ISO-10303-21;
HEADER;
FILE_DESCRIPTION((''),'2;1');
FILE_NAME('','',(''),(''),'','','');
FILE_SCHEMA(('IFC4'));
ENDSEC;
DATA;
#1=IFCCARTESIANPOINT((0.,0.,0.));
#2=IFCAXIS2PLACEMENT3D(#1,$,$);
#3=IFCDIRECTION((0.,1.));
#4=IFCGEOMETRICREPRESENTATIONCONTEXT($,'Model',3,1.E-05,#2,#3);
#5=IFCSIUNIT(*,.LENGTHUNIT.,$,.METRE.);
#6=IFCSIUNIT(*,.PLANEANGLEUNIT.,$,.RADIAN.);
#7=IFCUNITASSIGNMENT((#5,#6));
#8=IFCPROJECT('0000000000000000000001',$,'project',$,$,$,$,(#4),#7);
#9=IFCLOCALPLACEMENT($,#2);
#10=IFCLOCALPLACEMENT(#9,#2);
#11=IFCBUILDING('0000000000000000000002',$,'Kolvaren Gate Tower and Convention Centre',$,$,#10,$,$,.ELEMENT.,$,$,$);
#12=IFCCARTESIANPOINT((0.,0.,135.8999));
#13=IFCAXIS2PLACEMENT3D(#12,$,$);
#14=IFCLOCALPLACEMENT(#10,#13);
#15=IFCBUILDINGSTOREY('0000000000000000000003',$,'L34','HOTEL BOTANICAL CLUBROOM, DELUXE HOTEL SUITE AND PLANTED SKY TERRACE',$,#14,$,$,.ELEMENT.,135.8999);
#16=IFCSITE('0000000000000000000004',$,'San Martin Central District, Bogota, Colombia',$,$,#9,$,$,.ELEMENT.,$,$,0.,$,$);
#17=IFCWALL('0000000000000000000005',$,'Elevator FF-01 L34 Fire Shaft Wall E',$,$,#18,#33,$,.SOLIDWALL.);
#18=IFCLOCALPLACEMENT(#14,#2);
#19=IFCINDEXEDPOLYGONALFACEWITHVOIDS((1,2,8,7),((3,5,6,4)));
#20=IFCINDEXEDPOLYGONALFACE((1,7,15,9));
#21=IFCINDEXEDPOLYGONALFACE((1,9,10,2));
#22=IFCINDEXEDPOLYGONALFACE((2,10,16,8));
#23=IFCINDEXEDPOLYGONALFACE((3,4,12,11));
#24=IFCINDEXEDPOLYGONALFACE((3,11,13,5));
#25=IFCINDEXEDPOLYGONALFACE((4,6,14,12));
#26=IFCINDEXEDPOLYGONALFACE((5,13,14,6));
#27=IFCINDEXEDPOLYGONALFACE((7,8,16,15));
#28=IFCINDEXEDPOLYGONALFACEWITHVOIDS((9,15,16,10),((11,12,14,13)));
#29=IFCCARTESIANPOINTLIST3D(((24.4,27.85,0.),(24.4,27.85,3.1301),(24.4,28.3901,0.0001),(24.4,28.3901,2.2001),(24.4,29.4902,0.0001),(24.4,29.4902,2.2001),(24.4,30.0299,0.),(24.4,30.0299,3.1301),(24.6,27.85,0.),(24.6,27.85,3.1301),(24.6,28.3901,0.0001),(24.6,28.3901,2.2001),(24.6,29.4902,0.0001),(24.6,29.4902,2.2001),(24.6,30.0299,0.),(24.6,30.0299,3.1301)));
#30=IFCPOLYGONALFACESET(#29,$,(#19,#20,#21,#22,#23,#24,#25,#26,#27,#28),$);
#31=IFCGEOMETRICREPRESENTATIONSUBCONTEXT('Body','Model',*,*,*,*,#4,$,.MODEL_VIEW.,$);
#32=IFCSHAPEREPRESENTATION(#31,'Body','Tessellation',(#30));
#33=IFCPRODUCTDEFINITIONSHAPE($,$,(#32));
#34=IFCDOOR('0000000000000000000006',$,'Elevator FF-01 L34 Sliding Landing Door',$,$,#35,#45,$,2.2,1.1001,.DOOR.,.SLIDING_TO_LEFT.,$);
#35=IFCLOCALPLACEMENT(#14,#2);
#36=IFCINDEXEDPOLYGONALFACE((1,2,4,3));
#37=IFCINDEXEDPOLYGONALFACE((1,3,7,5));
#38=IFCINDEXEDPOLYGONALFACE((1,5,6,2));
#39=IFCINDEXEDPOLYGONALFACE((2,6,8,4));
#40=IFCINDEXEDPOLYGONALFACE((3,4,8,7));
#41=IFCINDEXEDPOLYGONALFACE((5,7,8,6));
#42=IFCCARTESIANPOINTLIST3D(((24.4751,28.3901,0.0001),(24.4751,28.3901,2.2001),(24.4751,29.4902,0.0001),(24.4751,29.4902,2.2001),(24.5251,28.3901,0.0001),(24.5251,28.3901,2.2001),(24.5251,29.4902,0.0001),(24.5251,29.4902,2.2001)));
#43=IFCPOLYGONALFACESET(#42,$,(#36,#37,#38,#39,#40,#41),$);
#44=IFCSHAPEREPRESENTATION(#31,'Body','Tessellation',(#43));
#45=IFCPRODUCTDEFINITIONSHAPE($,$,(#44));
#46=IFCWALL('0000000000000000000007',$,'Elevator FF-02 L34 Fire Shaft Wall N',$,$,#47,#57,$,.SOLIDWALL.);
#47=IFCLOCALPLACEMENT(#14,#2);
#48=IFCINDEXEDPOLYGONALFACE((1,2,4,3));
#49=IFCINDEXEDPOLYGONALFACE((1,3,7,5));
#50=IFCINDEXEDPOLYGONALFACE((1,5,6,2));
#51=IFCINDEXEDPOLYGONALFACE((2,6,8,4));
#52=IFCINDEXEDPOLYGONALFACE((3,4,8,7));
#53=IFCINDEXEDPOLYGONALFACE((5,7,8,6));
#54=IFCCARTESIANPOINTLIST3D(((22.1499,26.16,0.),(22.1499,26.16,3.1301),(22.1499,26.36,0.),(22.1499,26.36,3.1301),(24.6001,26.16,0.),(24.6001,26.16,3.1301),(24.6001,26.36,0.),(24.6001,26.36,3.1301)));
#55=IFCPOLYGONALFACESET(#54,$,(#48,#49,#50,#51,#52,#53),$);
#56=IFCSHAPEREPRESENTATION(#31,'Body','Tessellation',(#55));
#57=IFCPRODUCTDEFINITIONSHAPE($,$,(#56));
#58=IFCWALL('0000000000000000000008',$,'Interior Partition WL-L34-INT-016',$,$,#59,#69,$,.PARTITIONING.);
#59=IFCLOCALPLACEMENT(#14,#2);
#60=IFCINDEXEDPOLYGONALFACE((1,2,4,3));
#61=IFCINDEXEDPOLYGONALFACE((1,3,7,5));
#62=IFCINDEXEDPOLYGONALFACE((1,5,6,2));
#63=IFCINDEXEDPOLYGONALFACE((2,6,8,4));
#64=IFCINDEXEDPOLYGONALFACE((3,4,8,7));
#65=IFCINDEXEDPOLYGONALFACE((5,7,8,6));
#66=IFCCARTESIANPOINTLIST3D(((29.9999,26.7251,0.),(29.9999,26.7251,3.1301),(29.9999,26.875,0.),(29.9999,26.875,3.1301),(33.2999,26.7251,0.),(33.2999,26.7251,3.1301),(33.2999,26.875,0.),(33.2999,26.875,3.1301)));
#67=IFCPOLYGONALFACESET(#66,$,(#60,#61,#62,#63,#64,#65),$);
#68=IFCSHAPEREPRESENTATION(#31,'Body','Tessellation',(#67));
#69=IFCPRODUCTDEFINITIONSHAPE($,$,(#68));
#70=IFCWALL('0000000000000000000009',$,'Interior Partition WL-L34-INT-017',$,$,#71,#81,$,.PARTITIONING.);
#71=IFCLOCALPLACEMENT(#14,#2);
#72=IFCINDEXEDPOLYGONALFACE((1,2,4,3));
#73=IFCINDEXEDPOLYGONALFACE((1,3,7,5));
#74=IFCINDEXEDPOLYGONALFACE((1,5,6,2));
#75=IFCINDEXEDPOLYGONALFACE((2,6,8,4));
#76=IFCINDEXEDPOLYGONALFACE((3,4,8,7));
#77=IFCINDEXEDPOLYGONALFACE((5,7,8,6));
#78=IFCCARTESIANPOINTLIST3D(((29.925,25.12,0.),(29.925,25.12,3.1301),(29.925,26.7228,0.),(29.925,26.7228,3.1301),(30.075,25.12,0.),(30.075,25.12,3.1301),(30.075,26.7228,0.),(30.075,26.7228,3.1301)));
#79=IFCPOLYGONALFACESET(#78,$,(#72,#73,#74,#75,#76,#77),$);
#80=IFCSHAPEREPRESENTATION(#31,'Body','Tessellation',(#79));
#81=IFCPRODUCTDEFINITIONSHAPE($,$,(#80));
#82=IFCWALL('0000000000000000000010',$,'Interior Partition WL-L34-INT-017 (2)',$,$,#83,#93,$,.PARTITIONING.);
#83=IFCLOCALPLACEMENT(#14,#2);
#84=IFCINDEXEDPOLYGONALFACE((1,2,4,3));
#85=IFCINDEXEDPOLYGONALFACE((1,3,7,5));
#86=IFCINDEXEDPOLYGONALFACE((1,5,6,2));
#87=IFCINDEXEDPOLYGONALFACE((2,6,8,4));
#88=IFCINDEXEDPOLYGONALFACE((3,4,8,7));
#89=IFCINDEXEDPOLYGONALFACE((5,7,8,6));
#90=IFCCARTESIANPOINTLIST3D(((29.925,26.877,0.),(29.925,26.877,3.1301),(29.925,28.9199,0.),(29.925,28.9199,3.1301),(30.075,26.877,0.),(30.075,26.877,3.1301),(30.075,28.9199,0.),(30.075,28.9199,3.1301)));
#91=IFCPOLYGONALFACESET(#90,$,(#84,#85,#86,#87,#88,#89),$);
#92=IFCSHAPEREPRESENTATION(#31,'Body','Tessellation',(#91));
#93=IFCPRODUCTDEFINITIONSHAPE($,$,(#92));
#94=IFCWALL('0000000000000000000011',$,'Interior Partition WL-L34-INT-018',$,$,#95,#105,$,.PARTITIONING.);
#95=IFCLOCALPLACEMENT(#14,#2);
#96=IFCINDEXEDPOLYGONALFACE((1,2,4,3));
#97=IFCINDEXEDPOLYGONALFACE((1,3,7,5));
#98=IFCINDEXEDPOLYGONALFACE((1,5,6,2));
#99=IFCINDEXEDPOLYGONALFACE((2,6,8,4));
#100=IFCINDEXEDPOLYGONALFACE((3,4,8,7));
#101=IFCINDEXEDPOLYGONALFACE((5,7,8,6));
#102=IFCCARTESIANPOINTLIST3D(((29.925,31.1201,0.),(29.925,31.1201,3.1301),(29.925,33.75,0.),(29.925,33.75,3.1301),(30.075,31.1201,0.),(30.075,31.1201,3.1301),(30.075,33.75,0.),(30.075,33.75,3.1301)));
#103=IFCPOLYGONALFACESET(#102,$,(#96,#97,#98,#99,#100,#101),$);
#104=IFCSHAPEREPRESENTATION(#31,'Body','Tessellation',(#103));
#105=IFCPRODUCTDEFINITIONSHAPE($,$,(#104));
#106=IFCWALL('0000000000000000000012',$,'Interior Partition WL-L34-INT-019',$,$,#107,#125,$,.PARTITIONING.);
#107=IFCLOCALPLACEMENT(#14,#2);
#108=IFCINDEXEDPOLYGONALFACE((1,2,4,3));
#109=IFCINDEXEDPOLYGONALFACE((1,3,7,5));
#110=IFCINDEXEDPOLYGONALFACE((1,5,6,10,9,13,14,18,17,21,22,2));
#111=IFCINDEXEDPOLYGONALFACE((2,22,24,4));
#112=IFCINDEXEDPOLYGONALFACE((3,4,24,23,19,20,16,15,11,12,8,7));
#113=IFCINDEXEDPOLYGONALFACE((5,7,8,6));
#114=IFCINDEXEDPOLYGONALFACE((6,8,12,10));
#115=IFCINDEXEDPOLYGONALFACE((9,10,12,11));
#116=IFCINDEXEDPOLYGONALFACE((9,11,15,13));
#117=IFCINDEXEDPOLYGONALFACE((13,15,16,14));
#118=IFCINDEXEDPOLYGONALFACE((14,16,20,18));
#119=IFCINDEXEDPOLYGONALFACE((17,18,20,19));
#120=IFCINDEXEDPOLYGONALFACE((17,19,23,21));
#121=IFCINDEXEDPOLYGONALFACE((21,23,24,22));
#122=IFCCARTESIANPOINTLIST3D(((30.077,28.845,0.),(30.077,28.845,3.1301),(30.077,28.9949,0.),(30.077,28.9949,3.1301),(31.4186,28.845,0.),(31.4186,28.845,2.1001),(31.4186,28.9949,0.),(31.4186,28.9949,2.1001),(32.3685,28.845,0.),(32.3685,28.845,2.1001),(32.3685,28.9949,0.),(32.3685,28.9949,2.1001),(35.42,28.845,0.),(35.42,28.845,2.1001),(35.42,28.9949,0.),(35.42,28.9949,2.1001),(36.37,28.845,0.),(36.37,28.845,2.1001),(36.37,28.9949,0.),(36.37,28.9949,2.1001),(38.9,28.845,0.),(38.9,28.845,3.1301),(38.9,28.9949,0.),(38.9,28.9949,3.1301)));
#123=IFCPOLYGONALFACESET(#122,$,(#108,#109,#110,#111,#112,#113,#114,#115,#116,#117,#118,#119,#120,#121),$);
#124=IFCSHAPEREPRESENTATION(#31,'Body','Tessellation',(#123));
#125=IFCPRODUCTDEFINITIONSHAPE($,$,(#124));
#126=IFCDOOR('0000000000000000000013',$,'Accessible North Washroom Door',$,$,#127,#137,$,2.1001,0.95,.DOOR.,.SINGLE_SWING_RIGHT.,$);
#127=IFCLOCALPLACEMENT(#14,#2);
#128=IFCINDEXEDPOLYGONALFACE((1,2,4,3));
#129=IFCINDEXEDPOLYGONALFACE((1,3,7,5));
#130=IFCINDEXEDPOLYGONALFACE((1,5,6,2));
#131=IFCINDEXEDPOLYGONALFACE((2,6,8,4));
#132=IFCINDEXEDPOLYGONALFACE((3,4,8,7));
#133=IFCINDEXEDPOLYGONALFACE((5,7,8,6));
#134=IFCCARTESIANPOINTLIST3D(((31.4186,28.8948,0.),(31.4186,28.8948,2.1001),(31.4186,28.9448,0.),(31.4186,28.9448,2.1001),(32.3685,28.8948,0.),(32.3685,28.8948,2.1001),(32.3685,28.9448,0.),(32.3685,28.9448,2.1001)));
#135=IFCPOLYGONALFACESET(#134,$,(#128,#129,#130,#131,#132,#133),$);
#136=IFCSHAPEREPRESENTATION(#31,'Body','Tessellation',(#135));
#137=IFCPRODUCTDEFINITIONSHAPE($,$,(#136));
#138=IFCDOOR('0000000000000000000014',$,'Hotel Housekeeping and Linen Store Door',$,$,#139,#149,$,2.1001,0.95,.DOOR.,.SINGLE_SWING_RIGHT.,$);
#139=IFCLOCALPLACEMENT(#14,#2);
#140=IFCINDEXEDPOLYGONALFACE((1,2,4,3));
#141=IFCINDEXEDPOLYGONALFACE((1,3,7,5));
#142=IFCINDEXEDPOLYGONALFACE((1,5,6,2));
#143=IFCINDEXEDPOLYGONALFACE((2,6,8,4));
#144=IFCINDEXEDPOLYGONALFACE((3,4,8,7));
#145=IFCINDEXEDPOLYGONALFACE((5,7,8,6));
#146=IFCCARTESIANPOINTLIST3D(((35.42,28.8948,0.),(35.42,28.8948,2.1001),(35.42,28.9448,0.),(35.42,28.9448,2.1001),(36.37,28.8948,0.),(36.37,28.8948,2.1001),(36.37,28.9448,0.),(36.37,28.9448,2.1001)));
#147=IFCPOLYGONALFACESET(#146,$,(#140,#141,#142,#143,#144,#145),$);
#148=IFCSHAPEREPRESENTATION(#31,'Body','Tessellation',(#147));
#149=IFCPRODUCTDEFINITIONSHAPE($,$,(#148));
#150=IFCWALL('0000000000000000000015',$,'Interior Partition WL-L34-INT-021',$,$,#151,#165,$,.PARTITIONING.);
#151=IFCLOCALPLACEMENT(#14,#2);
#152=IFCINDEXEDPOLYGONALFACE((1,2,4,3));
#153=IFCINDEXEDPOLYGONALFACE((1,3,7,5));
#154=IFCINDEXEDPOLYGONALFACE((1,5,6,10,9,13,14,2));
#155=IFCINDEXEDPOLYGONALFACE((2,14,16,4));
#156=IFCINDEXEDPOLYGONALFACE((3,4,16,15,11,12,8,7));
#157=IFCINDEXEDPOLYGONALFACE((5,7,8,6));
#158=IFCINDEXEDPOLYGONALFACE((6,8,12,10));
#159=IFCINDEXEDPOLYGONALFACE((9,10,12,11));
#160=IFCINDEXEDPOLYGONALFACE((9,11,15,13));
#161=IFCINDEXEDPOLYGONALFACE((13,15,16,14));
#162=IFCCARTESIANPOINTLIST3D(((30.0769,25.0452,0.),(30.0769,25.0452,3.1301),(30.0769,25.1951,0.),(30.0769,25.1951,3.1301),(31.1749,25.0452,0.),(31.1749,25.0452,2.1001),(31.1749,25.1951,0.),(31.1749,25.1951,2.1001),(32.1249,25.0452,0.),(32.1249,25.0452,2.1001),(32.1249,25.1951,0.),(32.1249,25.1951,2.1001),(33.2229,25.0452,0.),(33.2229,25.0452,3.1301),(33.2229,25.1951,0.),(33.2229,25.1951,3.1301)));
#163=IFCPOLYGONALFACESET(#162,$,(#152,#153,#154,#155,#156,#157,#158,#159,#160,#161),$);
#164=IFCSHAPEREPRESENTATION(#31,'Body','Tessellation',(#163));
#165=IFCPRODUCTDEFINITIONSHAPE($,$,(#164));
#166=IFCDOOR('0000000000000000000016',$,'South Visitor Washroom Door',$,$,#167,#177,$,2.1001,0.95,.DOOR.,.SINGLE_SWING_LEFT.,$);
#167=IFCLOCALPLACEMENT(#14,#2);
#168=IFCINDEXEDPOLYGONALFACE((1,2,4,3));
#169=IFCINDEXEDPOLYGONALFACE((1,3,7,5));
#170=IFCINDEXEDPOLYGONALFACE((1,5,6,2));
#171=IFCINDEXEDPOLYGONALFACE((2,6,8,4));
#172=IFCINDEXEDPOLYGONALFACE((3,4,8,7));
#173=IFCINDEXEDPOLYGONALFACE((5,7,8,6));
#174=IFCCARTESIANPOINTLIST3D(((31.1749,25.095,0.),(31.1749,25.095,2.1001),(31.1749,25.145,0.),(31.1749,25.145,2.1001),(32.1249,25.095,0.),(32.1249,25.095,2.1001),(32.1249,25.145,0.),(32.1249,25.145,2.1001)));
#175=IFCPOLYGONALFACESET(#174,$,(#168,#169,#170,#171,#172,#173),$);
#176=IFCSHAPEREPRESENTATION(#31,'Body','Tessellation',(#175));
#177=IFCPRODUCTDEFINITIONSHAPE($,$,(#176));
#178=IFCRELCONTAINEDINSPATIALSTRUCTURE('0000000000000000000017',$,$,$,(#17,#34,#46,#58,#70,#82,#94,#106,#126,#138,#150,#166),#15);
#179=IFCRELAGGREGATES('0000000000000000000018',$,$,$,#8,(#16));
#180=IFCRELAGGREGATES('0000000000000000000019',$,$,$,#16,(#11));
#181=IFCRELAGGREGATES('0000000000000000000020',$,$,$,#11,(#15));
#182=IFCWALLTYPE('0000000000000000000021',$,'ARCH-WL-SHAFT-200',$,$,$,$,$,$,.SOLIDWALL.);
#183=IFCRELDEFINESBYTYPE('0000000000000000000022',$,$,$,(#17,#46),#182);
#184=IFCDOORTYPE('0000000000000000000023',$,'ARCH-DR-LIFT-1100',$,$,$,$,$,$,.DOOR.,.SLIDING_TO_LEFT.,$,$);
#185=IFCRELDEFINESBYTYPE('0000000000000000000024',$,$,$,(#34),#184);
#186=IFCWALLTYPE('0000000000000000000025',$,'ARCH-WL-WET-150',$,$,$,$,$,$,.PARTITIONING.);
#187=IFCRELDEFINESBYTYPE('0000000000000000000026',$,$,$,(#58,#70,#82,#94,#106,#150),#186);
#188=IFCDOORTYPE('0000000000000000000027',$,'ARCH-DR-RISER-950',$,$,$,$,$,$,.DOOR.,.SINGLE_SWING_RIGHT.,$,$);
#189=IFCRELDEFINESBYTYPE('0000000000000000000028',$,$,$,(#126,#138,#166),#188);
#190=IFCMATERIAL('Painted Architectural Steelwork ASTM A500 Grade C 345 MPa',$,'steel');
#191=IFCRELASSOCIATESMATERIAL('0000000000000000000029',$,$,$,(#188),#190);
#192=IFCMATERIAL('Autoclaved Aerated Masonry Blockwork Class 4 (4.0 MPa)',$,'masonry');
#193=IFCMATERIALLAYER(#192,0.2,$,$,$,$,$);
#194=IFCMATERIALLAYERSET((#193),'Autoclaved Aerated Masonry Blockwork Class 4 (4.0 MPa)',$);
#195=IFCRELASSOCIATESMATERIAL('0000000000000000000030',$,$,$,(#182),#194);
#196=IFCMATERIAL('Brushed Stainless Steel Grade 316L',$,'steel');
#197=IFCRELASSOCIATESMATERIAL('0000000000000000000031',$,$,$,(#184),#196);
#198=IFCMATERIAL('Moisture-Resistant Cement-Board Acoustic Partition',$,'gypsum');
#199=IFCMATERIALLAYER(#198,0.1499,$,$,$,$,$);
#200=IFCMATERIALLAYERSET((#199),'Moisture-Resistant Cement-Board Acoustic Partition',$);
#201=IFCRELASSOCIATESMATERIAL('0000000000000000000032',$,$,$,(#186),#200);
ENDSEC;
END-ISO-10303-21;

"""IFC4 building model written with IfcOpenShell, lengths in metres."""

from ifc_helpers import new_model, si_unit, direction, frame, frame_2d, origin, place, context, subcontext, project, spatial, rectangle, extrude, material, layer, layer_set, type_object, element, fill, save


model = new_model("IFC4")

# Units and contexts
model_context = context("Model", 3, precision=1e-05, world=origin(), true_north=direction((0.0, 1.0)))
body_context = subcontext(model_context, "Body", "Model", "MODEL_VIEW")
ifc_project = project(units=[si_unit("LENGTHUNIT", "METRE"), si_unit("PLANEANGLEUNIT", "RADIAN")], contexts=[model_context])

# Site, building, storey
site_placement = place(None, origin())
site = spatial("IfcSite", under=ifc_project, at=site_placement, Name="San Martin Central District, Bogota, Colombia", CompositionType="ELEMENT", RefElevation=0.0)
building_placement = place(site_placement, origin())
building = spatial("IfcBuilding", under=site, at=building_placement, Name="Kolvaren Gate Tower and Convention Centre", CompositionType="ELEMENT")
storey_placement = place(building_placement, frame((0.0, 0.0, 135.8999)))
storey = spatial("IfcBuildingStorey", under=building, at=storey_placement, Name="L34", Description="HOTEL BOTANICAL CLUBROOM, DELUXE HOTEL SUITE AND PLANTED SKY TERRACE", CompositionType="ELEMENT", Elevation=135.8999)

# Shared definitions
ifc_material_1 = material(Name="Autoclaved Aerated Masonry Blockwork Class 4 (4.0 MPa)", Category="masonry")

# Shared definitions
ifc_material_2 = material(Name="Painted Architectural Steelwork ASTM A500 Grade C 345 MPa", Category="steel")
door_type_1 = type_object("IfcDoorType", Name="ARCH-DR-RISER-950", OperationType="SINGLE_SWING_RIGHT", PredefinedType="DOOR", material=ifc_material_2)

# Shared definitions
ifc_layer_1 = layer(ifc_material_1, 0.2)
ifc_layer_set_1 = layer_set([ifc_layer_1], Name="Autoclaved Aerated Masonry Blockwork Class 4 (4.0 MPa)")
wall_type_1 = type_object("IfcWallType", Name="ARCH-WL-SHAFT-200", PredefinedType="SOLIDWALL", material=ifc_layer_set_1)

# Wall, opening, door
wall_1_placement = place(storey_placement, frame((24.5, 27.8501, 0.0), z_axis=(0.0, 0.0, 1.0), x_axis=(0.0, 1.0, 0.0)))
wall_1 = element("IfcWall", 1, at=wall_1_placement, inside=storey, type_object=wall_type_1, Name="Elevator FF-01 L34 Fire Shaft Wall E", PredefinedType="SOLIDWALL", context=body_context, shape_type="SweptSolid", body=[
    extrude(rectangle(XDim=2.1799, YDim=0.2, at=frame_2d((1.0898, 0.0))), origin(), (0.0, 0.0, 1.0), 3.1301),
])
opening_1_placement = place(wall_1_placement, frame((0.54, 0.0, 0.0)))
opening_1 = element("IfcOpeningElement", 2, at=opening_1_placement, cuts=wall_1, PredefinedType="OPENING", context=body_context, shape_type="SweptSolid", body=[
    extrude(rectangle(XDim=1.1001, YDim=2.2, at=frame_2d((0.55, 1.1001))), frame((0.0, 0.1099, 0.0), z_axis=(0.0, -1.0, 0.0), x_axis=(1.0, 0.0, 0.0)), (0.0, 0.0, 1.0), 0.22),
])
ifc_material_3 = material(Name="Brushed Stainless Steel Grade 316L", Category="steel")
door_type_2 = type_object("IfcDoorType", Name="ARCH-DR-LIFT-1100", OperationType="SLIDING_TO_LEFT", PredefinedType="DOOR", material=ifc_material_3)
door_1_placement = place(opening_1_placement, origin())
door_1 = element("IfcDoor", 3, at=door_1_placement, inside=storey, type_object=door_type_2, Name="Elevator FF-01 L34 Sliding Landing Door", OperationType="SLIDING_TO_LEFT", OverallHeight=2.2, OverallWidth=1.1001, PredefinedType="DOOR", context=body_context, shape_type="SweptSolid", body=[
    extrude(rectangle(XDim=1.1001, YDim=2.2, at=frame_2d((0.55, 1.1001))), frame((0.0, 0.0249, 0.0), z_axis=(0.0, -1.0, 0.0), x_axis=(1.0, 0.0, 0.0)), (0.0, 0.0, 1.0), 0.05),
])
fill(opening_1, door_1)

# Walls
wall_2_placement = place(storey_placement, frame((22.1499, 26.26, 0.0), z_axis=(0.0, 0.0, 1.0), x_axis=(1.0, 0.0, 0.0)))
element("IfcWall", 4, at=wall_2_placement, inside=storey, type_object=wall_type_1, Name="Elevator FF-02 L34 Fire Shaft Wall N", PredefinedType="SOLIDWALL", context=body_context, shape_type="SweptSolid", body=[
    extrude(rectangle(XDim=2.4502, YDim=0.2, at=frame_2d((1.2251, 0.0))), origin(), (0.0, 0.0, 1.0), 3.1301),
])
ifc_material_4 = material(Name="Moisture-Resistant Cement-Board Acoustic Partition", Category="gypsum")
ifc_layer_2 = layer(ifc_material_4, 0.1499)
ifc_layer_set_2 = layer_set([ifc_layer_2], Name="Moisture-Resistant Cement-Board Acoustic Partition")
wall_type_2 = type_object("IfcWallType", Name="ARCH-WL-WET-150", PredefinedType="PARTITIONING", material=ifc_layer_set_2)
wall_3_placement = place(storey_placement, frame((30.0, 26.8, 0.0), z_axis=(0.0, 0.0, 1.0), x_axis=(1.0, 0.0, 0.0)))
element("IfcWall", 5, at=wall_3_placement, inside=storey, type_object=wall_type_2, Name="Interior Partition WL-L34-INT-016", PredefinedType="PARTITIONING", context=body_context, shape_type="SweptSolid", body=[
    extrude(rectangle(XDim=3.3, YDim=0.1499, at=frame_2d((1.6499, 0.0))), origin(), (0.0, 0.0, 1.0), 3.1301),
])
wall_4_placement = place(storey_placement, frame((30.0, 25.1201, 0.0), z_axis=(0.0, 0.0, 1.0), x_axis=(0.0, 1.0, 0.0)))
element("IfcWall", 6, at=wall_4_placement, inside=storey, type_object=wall_type_2, Name="Interior Partition WL-L34-INT-017", PredefinedType="PARTITIONING", context=body_context, shape_type="SweptSolid", body=[
    extrude(rectangle(XDim=1.6028, YDim=0.1499, at=frame_2d((0.8013, 0.0))), origin(), (0.0, 0.0, 1.0), 3.1301),
])
wall_5_placement = place(storey_placement, frame((30.0, 26.877, 0.0), z_axis=(0.0, 0.0, 1.0), x_axis=(0.0, 1.0, 0.0)))
element("IfcWall", 7, at=wall_5_placement, inside=storey, type_object=wall_type_2, Name="Interior Partition WL-L34-INT-017 (2)", PredefinedType="PARTITIONING", context=body_context, shape_type="SweptSolid", body=[
    extrude(rectangle(XDim=2.043, YDim=0.1499, at=frame_2d((1.0215, 0.0))), origin(), (0.0, 0.0, 1.0), 3.1301),
])
wall_6_placement = place(storey_placement, frame((30.0, 31.1201, 0.0), z_axis=(0.0, 0.0, 1.0), x_axis=(0.0, 1.0, 0.0)))
element("IfcWall", 8, at=wall_6_placement, inside=storey, type_object=wall_type_2, Name="Interior Partition WL-L34-INT-018", PredefinedType="PARTITIONING", context=body_context, shape_type="SweptSolid", body=[
    extrude(rectangle(XDim=2.6299, YDim=0.1499, at=frame_2d((1.3149, 0.0))), origin(), (0.0, 0.0, 1.0), 3.1301),
])

# Wall, openings, doors
wall_7_placement = place(storey_placement, frame((30.0769, 28.9199, 0.0), z_axis=(0.0, 0.0, 1.0), x_axis=(1.0, 0.0, 0.0)))
wall_7 = element("IfcWall", 9, at=wall_7_placement, inside=storey, type_object=wall_type_2, Name="Interior Partition WL-L34-INT-019", PredefinedType="PARTITIONING", context=body_context, shape_type="SweptSolid", body=[
    extrude(rectangle(XDim=8.823, YDim=0.1499, at=frame_2d((4.4116, 0.0))), origin(), (0.0, 0.0, 1.0), 3.1301),
])
opening_2_placement = place(wall_7_placement, frame((1.3416, 0.0, 0.0)))
opening_2 = element("IfcOpeningElement", 10, at=opening_2_placement, cuts=wall_7, PredefinedType="OPENING", context=body_context, shape_type="SweptSolid", body=[
    extrude(rectangle(XDim=0.95, YDim=2.1001, at=frame_2d((0.4751, 1.05))), frame((0.0, 0.085, 0.0), z_axis=(0.0, -1.0, 0.0), x_axis=(1.0, 0.0, 0.0)), (0.0, 0.0, 1.0), 0.1699),
])
opening_3_placement = place(wall_7_placement, frame((5.343, 0.0, 0.0)))
opening_3 = element("IfcOpeningElement", 11, at=opening_3_placement, cuts=wall_7, PredefinedType="OPENING", context=body_context, shape_type="SweptSolid", body=[
    extrude(rectangle(XDim=0.95, YDim=2.1001, at=frame_2d((0.4751, 1.05))), frame((0.0, 0.085, 0.0), z_axis=(0.0, -1.0, 0.0), x_axis=(1.0, 0.0, 0.0)), (0.0, 0.0, 1.0), 0.1699),
])
door_2_placement = place(opening_2_placement, origin())
door_2 = element("IfcDoor", 12, at=door_2_placement, inside=storey, type_object=door_type_1, Name="Accessible North Washroom Door", OperationType="SINGLE_SWING_RIGHT", OverallHeight=2.1001, OverallWidth=0.95, PredefinedType="DOOR", context=body_context, shape_type="SweptSolid", body=[
    extrude(rectangle(XDim=0.95, YDim=2.1001, at=frame_2d((0.4751, 1.05))), frame((0.0, 0.0249, 0.0), z_axis=(0.0, -1.0, 0.0), x_axis=(1.0, 0.0, 0.0)), (0.0, 0.0, 1.0), 0.05),
])
fill(opening_2, door_2)
door_3_placement = place(opening_3_placement, origin())
door_3 = element("IfcDoor", 13, at=door_3_placement, inside=storey, type_object=door_type_1, Name="Hotel Housekeeping and Linen Store Door", OperationType="SINGLE_SWING_RIGHT", OverallHeight=2.1001, OverallWidth=0.95, PredefinedType="DOOR", context=body_context, shape_type="SweptSolid", body=[
    extrude(rectangle(XDim=0.95, YDim=2.1001, at=frame_2d((0.4751, 1.05))), frame((0.0, 0.0249, 0.0), z_axis=(0.0, -1.0, 0.0), x_axis=(1.0, 0.0, 0.0)), (0.0, 0.0, 1.0), 0.05),
])
fill(opening_3, door_3)

# Wall, opening, door
wall_8_placement = place(storey_placement, frame((30.0769, 25.1201, 0.0), z_axis=(0.0, 0.0, 1.0), x_axis=(1.0, 0.0, 0.0)))
wall_8 = element("IfcWall", 14, at=wall_8_placement, inside=storey, type_object=wall_type_2, Name="Interior Partition WL-L34-INT-021", PredefinedType="PARTITIONING", context=body_context, shape_type="SweptSolid", body=[
    extrude(rectangle(XDim=3.146, YDim=0.1499, at=frame_2d((1.573, 0.0))), origin(), (0.0, 0.0, 1.0), 3.1301),
])
opening_4_placement = place(wall_8_placement, frame((1.0979, 0.0, 0.0)))
opening_4 = element("IfcOpeningElement", 15, at=opening_4_placement, cuts=wall_8, PredefinedType="OPENING", context=body_context, shape_type="SweptSolid", body=[
    extrude(rectangle(XDim=0.95, YDim=2.1001, at=frame_2d((0.4751, 1.05))), frame((0.0, 0.085, 0.0), z_axis=(0.0, -1.0, 0.0), x_axis=(1.0, 0.0, 0.0)), (0.0, 0.0, 1.0), 0.1699),
])
door_4_placement = place(opening_4_placement, origin())
door_4 = element("IfcDoor", 16, at=door_4_placement, inside=storey, type_object=door_type_1, Name="South Visitor Washroom Door", OperationType="SINGLE_SWING_LEFT", OverallHeight=2.1001, OverallWidth=0.95, PredefinedType="DOOR", context=body_context, shape_type="SweptSolid", body=[
    extrude(rectangle(XDim=0.95, YDim=2.1001, at=frame_2d((0.4751, 1.05))), frame((0.0, 0.0249, 0.0), z_axis=(0.0, -1.0, 0.0), x_axis=(1.0, 0.0, 0.0)), (0.0, 0.0, 1.0), 0.05),
])
fill(opening_4, door_4)

save(model, "model.ifc")
